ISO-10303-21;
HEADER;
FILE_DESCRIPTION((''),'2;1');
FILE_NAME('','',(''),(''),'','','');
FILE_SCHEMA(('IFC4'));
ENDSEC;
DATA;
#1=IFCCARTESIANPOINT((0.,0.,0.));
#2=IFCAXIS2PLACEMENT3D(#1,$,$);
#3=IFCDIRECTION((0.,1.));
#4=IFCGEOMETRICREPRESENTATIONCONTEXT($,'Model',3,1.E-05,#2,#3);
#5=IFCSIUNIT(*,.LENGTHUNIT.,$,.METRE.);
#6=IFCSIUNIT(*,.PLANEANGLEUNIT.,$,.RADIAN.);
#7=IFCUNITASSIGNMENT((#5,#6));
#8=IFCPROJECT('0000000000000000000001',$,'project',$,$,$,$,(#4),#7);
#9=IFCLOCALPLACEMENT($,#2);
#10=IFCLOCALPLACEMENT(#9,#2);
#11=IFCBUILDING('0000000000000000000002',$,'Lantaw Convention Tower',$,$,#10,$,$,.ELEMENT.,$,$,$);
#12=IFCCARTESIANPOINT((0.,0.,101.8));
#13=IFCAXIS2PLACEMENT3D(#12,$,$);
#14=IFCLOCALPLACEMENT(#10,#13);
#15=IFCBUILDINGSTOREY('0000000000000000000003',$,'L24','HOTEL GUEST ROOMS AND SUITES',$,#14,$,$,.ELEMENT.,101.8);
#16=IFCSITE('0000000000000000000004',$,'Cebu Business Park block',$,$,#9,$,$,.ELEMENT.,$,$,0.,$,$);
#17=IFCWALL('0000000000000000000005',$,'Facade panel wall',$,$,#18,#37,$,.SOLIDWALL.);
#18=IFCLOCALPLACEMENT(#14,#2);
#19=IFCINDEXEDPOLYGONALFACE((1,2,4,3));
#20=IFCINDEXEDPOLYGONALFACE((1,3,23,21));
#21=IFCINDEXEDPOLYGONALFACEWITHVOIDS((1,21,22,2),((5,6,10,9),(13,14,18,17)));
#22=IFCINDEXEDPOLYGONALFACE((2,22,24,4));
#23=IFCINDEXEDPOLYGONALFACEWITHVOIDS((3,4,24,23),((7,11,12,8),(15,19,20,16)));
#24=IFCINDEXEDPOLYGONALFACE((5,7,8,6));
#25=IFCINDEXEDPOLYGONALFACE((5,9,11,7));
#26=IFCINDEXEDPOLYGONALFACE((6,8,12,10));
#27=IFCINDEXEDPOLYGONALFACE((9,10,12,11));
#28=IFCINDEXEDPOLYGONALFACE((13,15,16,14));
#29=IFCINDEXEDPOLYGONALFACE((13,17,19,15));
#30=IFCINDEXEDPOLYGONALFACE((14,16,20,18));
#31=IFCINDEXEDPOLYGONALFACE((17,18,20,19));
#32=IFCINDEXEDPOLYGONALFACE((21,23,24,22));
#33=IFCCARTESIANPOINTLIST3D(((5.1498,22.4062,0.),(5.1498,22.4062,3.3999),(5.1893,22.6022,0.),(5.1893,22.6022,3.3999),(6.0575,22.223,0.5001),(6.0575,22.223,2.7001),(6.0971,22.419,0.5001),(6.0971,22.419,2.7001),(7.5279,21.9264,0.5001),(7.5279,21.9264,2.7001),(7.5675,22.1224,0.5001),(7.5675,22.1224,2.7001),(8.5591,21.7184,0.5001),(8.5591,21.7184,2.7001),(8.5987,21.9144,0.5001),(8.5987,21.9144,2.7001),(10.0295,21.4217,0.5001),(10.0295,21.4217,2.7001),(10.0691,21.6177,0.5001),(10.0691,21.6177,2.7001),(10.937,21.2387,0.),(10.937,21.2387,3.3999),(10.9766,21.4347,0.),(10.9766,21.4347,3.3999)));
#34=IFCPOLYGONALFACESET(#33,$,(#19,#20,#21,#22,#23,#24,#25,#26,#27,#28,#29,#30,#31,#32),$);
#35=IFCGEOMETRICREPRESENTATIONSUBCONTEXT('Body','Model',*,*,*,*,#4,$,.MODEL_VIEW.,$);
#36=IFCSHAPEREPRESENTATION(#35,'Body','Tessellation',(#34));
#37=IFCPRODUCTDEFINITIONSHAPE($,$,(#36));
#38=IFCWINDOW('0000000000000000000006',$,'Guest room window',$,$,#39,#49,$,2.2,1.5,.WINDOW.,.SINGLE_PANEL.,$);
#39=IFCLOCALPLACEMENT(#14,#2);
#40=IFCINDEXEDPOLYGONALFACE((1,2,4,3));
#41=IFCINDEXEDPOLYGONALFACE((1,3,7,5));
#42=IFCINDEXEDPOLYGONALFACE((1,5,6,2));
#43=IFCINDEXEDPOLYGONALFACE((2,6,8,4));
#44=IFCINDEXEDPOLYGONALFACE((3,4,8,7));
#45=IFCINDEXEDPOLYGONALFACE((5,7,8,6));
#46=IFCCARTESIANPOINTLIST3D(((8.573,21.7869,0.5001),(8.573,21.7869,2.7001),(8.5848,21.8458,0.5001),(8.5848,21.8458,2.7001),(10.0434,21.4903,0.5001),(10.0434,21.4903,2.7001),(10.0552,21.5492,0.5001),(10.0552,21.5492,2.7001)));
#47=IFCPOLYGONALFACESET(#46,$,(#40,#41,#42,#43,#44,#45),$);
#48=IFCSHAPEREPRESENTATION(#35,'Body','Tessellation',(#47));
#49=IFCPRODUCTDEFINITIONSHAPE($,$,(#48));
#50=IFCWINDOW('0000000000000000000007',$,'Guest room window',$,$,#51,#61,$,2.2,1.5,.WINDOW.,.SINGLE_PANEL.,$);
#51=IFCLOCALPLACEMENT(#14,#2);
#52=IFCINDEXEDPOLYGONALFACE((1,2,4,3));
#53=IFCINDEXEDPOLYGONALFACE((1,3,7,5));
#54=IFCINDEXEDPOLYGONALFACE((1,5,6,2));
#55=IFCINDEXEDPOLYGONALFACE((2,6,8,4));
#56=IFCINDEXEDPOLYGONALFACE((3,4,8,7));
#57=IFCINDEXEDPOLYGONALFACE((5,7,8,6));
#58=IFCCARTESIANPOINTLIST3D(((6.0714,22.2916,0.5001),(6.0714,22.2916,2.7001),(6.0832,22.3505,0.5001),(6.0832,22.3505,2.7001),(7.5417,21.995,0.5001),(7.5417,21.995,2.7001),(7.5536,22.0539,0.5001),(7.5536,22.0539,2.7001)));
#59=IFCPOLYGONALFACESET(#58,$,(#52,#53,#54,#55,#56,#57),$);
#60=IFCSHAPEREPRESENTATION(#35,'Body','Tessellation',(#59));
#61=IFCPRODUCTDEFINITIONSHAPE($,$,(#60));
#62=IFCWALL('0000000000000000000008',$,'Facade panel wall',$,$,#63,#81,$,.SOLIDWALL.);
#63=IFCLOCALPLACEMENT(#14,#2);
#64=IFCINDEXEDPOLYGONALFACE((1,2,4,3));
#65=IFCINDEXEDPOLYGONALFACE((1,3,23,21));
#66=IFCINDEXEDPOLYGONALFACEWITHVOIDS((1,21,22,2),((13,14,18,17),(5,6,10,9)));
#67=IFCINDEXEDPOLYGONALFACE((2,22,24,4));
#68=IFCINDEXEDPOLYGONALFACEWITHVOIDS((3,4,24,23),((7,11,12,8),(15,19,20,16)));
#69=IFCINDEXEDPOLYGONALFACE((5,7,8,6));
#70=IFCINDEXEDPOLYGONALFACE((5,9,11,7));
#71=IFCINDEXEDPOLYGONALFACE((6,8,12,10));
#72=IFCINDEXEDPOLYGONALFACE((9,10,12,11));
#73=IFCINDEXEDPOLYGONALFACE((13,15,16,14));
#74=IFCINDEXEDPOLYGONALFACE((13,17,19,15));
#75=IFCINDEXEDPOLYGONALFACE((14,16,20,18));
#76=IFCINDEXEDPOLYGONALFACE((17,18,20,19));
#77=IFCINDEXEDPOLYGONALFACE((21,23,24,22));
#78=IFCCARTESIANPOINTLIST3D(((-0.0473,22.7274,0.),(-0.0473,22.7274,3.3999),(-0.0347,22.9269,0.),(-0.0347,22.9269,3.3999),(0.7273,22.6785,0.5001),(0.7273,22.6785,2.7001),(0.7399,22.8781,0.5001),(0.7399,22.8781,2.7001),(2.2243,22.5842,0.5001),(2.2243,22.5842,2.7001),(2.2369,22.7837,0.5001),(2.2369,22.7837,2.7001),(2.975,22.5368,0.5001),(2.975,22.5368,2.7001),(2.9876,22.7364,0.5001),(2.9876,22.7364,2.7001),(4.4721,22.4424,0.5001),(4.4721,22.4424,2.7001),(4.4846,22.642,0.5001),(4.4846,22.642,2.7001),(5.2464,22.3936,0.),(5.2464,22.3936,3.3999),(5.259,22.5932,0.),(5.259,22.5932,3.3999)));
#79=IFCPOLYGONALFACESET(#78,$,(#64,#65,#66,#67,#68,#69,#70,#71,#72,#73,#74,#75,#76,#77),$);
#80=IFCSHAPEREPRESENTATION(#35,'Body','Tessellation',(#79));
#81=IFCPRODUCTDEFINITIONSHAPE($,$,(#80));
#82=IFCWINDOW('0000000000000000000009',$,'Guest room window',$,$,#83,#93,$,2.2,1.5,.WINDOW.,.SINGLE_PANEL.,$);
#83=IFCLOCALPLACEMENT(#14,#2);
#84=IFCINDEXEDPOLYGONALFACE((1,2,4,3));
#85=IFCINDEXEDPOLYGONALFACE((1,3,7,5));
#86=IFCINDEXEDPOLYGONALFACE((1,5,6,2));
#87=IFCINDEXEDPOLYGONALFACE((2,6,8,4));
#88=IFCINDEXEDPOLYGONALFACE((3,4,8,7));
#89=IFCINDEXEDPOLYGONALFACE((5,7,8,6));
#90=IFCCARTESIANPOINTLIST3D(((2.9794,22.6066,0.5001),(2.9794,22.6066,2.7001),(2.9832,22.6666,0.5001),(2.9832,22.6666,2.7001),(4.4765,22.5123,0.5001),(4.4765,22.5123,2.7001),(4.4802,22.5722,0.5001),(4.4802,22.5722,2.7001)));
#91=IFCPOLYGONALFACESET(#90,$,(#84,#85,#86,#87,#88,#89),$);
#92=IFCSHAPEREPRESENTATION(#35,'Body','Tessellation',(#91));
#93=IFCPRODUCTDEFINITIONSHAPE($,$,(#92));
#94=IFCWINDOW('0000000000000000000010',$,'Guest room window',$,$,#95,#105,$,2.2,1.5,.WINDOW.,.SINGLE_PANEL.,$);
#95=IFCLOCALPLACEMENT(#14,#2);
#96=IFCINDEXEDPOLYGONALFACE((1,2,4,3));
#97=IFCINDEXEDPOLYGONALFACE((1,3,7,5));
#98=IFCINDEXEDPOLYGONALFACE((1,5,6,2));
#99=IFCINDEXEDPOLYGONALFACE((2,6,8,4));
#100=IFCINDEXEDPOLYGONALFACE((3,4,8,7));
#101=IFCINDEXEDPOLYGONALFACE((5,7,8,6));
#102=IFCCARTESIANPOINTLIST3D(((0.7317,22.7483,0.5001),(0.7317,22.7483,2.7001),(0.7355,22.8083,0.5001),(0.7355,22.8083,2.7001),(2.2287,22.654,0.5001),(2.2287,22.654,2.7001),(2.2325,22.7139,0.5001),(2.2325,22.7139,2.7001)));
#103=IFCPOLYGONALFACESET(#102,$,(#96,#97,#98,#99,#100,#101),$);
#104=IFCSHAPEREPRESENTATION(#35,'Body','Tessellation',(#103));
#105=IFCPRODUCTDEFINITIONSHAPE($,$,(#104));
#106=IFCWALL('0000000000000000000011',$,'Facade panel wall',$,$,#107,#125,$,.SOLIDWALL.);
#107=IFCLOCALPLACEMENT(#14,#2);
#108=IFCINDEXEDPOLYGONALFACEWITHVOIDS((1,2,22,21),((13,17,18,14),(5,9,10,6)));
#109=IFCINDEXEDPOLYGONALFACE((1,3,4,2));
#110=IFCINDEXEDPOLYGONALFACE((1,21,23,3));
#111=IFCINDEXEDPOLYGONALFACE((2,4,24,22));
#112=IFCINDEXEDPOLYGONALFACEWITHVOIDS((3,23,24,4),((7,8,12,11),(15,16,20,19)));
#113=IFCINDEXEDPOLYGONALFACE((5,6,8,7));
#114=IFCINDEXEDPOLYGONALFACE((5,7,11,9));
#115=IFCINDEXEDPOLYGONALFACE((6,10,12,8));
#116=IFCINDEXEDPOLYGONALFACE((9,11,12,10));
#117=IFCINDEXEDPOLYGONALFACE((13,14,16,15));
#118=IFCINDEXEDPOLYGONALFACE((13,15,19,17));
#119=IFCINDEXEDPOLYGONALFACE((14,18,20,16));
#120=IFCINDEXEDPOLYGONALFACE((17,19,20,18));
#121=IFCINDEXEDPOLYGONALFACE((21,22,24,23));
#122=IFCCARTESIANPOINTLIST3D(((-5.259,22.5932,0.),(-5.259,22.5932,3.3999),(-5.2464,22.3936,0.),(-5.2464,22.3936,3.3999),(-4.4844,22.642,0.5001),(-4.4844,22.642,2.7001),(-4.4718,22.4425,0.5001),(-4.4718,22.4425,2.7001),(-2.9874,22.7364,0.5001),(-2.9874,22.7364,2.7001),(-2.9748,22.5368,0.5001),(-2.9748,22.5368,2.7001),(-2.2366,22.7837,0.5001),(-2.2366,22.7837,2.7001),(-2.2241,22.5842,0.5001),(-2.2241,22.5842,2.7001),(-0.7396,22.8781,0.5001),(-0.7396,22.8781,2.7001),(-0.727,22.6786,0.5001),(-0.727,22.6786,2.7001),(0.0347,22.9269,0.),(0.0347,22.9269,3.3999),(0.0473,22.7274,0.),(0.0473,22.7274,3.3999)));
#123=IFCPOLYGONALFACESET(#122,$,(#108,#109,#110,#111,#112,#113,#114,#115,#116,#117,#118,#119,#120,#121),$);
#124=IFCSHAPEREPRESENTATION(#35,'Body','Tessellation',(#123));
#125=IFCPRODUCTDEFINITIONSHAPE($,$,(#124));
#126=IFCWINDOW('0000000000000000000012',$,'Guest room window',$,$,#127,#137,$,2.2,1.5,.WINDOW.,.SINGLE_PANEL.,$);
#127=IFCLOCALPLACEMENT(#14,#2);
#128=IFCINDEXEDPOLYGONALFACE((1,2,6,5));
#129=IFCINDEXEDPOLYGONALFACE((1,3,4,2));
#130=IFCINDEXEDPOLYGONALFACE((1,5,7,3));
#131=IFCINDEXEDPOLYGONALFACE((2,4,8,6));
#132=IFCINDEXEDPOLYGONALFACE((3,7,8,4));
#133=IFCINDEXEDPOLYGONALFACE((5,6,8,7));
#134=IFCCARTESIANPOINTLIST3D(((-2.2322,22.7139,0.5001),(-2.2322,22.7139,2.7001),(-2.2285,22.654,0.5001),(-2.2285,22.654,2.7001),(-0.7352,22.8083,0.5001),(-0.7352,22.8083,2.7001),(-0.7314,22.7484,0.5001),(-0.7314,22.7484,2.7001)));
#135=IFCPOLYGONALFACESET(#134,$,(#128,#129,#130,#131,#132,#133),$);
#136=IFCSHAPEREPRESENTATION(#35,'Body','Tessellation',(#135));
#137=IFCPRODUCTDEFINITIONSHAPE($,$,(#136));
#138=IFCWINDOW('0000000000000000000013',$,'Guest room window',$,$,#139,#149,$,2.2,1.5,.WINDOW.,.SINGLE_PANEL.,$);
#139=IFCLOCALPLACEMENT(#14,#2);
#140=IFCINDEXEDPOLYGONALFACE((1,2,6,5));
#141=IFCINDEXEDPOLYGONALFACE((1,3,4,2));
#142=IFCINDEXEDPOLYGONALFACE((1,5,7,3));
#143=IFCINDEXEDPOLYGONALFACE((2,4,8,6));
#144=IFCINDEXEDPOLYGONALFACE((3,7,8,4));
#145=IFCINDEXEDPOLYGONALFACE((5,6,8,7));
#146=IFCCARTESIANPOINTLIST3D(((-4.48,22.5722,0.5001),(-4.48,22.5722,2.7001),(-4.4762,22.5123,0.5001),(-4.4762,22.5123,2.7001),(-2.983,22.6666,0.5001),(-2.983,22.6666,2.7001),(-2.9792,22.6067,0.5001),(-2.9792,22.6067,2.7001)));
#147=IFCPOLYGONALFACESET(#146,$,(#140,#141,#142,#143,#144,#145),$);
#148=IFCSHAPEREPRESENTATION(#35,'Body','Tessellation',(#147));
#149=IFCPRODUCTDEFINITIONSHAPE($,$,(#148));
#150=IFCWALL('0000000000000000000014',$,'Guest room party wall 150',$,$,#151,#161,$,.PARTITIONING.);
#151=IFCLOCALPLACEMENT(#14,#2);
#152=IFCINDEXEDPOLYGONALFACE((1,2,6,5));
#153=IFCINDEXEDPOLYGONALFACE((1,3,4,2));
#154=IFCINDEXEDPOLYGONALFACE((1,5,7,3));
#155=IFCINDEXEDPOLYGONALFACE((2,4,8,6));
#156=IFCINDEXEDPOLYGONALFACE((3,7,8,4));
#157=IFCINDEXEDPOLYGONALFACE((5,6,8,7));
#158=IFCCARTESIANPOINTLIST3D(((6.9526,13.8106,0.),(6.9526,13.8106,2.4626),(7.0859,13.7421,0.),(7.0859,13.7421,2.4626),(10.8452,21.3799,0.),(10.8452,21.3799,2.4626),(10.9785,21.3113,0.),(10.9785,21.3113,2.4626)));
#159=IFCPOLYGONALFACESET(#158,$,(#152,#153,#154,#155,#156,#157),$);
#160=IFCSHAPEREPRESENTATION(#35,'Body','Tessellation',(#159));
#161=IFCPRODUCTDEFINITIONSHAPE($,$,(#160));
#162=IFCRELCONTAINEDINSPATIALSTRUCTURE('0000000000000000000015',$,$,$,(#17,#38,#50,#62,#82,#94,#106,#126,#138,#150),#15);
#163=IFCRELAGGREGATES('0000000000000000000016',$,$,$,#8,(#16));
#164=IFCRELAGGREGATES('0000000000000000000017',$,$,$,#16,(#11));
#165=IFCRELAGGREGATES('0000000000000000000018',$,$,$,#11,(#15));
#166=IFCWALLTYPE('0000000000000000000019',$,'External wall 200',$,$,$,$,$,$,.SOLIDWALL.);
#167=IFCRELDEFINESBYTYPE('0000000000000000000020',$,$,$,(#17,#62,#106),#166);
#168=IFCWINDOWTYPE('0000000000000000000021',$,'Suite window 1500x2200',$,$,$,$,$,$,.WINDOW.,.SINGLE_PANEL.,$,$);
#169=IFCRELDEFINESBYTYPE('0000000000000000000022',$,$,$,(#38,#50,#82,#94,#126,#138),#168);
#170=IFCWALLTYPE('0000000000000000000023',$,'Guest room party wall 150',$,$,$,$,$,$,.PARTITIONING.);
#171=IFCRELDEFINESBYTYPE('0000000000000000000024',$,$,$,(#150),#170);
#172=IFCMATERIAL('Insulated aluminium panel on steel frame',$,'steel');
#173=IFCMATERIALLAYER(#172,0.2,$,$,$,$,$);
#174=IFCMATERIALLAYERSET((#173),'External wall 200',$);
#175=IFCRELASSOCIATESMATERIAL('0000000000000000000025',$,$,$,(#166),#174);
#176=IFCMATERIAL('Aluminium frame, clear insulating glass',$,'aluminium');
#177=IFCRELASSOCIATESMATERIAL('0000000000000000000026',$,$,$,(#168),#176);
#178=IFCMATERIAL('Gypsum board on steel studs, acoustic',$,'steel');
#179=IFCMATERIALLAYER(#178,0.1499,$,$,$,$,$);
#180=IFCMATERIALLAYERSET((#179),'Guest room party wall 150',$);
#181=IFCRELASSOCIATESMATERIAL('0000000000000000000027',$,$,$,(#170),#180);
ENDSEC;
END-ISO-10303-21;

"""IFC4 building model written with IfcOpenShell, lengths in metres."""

from ifc_helpers import new_model, si_unit, direction, frame, frame_2d, origin, place, context, subcontext, project, spatial, rectangle, extrude, material, layer, layer_set, type_object, element, fill, save


model = new_model("IFC4")

# Units and contexts
model_context = context("Model", 3, precision=1e-05, world=origin(), true_north=direction((0.0, 1.0)))
body_context = subcontext(model_context, "Body", "Model", "MODEL_VIEW")
ifc_project = project(units=[si_unit("LENGTHUNIT", "METRE"), si_unit("PLANEANGLEUNIT", "RADIAN")], contexts=[model_context])

# Site, building, storey
site_placement = place(None, origin())
site = spatial("IfcSite", under=ifc_project, at=site_placement, Name="Cebu Business Park block", CompositionType="ELEMENT", RefElevation=0.0)
building_placement = place(site_placement, origin())
building = spatial("IfcBuilding", under=site, at=building_placement, Name="Lantaw Convention Tower", CompositionType="ELEMENT")
storey_placement = place(building_placement, frame((0.0, 0.0, 101.8)))
storey = spatial("IfcBuildingStorey", under=building, at=storey_placement, Name="L24", Description="HOTEL GUEST ROOMS AND SUITES", CompositionType="ELEMENT", Elevation=101.8)

# Walls, openings, windows
ifc_material_1 = material(Name="Insulated aluminium panel on steel frame", Category="steel")
ifc_layer_1 = layer(ifc_material_1, 0.2)
ifc_layer_set_1 = layer_set([ifc_layer_1], Name="External wall 200")
wall_type_1 = type_object("IfcWallType", Name="External wall 200", PredefinedType="SOLIDWALL", material=ifc_layer_set_1)
wall_1_placement = place(storey_placement, frame((10.9568, 21.3367, 0.0), z_axis=(0.0, 0.0, 1.0), x_axis=(-0.980252, 0.197754, 0.0)))
wall_1 = element("IfcWall", 1, at=wall_1_placement, inside=storey, type_object=wall_type_1, Name="Facade panel wall", PredefinedType="SOLIDWALL", context=body_context, shape_type="SweptSolid", body=[
    extrude(rectangle(XDim=5.9038, YDim=0.2, at=frame_2d((2.9519, 0.0))), origin(), (0.0, 0.0, 1.0), 3.3999),
])
opening_1_placement = place(wall_1_placement, frame((0.9258, 0.0, 0.5)))
opening_1 = element("IfcOpeningElement", 2, at=opening_1_placement, cuts=wall_1, PredefinedType="OPENING", context=body_context, shape_type="SweptSolid", body=[
    extrude(rectangle(XDim=1.5, YDim=2.2, at=frame_2d((0.75, 1.1001))), frame((0.0, 0.1099, 0.0), z_axis=(0.0, -1.0, 0.0), x_axis=(1.0, 0.0, 0.0)), (0.0, 0.0, 1.0), 0.22),
])
opening_2_placement = place(wall_1_placement, frame((3.4778, 0.0, 0.5)))
opening_2 = element("IfcOpeningElement", 3, at=opening_2_placement, cuts=wall_1, PredefinedType="OPENING", context=body_context, shape_type="SweptSolid", body=[
    extrude(rectangle(XDim=1.5, YDim=2.2, at=frame_2d((0.75, 1.1001))), frame((0.0, 0.1099, 0.0), z_axis=(0.0, -1.0, 0.0), x_axis=(1.0, 0.0, 0.0)), (0.0, 0.0, 1.0), 0.22),
])
ifc_material_2 = material(Name="Aluminium frame, clear insulating glass", Category="aluminium")
window_type = type_object("IfcWindowType", Name="Suite window 1500x2200", PartitioningType="SINGLE_PANEL", PredefinedType="WINDOW", material=ifc_material_2)
window_1_placement = place(opening_1_placement, origin())
window_1 = element("IfcWindow", 4, at=window_1_placement, inside=storey, type_object=window_type, Name="Guest room window", OverallHeight=2.2, OverallWidth=1.5, PartitioningType="SINGLE_PANEL", PredefinedType="WINDOW", context=body_context, shape_type="SweptSolid", body=[
    extrude(rectangle(XDim=1.5, YDim=2.2, at=frame_2d((0.75, 1.1001))), frame((0.0, 0.03, 0.0), z_axis=(0.0, -1.0, 0.0), x_axis=(1.0, 0.0, 0.0)), (0.0, 0.0, 1.0), 0.0601),
])
fill(opening_1, window_1)
window_2_placement = place(opening_2_placement, origin())
window_2 = element("IfcWindow", 5, at=window_2_placement, inside=storey, type_object=window_type, Name="Guest room window", OverallHeight=2.2, OverallWidth=1.5, PartitioningType="SINGLE_PANEL", PredefinedType="WINDOW", context=body_context, shape_type="SweptSolid", body=[
    extrude(rectangle(XDim=1.5, YDim=2.2, at=frame_2d((0.75, 1.1001))), frame((0.0, 0.03, 0.0), z_axis=(0.0, -1.0, 0.0), x_axis=(1.0, 0.0, 0.0)), (0.0, 0.0, 1.0), 0.0601),
])
fill(opening_2, window_2)
wall_2_placement = place(storey_placement, frame((5.2527, 22.4934, 0.0), z_axis=(0.0, 0.0, 1.0), x_axis=(-0.998019, 0.06292, 0.0)))
wall_2 = element("IfcWall", 6, at=wall_2_placement, inside=storey, type_object=wall_type_1, Name="Facade panel wall", PredefinedType="SOLIDWALL", context=body_context, shape_type="SweptSolid", body=[
    extrude(rectangle(XDim=5.3042, YDim=0.2, at=frame_2d((2.6521, 0.0))), origin(), (0.0, 0.0, 1.0), 3.3999),
])
opening_3_placement = place(wall_2_placement, frame((0.7759, 0.0, 0.5)))
opening_3 = element("IfcOpeningElement", 7, at=opening_3_placement, cuts=wall_2, PredefinedType="OPENING", context=body_context, shape_type="SweptSolid", body=[
    extrude(rectangle(XDim=1.5, YDim=2.2, at=frame_2d((0.75, 1.1001))), frame((0.0, 0.1099, 0.0), z_axis=(0.0, -1.0, 0.0), x_axis=(1.0, 0.0, 0.0)), (0.0, 0.0, 1.0), 0.22),
])
opening_4_placement = place(wall_2_placement, frame((3.0281, 0.0, 0.5)))
opening_4 = element("IfcOpeningElement", 8, at=opening_4_placement, cuts=wall_2, PredefinedType="OPENING", context=body_context, shape_type="SweptSolid", body=[
    extrude(rectangle(XDim=1.5, YDim=2.2, at=frame_2d((0.75, 1.1001))), frame((0.0, 0.1099, 0.0), z_axis=(0.0, -1.0, 0.0), x_axis=(1.0, 0.0, 0.0)), (0.0, 0.0, 1.0), 0.22),
])
window_3_placement = place(opening_3_placement, origin())
window_3 = element("IfcWindow", 9, at=window_3_placement, inside=storey, type_object=window_type, Name="Guest room window", OverallHeight=2.2, OverallWidth=1.5, PartitioningType="SINGLE_PANEL", PredefinedType="WINDOW", context=body_context, shape_type="SweptSolid", body=[
    extrude(rectangle(XDim=1.5, YDim=2.2, at=frame_2d((0.75, 1.1001))), frame((0.0, 0.03, 0.0), z_axis=(0.0, -1.0, 0.0), x_axis=(1.0, 0.0, 0.0)), (0.0, 0.0, 1.0), 0.0601),
])
fill(opening_3, window_3)
window_4_placement = place(opening_4_placement, origin())
window_4 = element("IfcWindow", 10, at=window_4_placement, inside=storey, type_object=window_type, Name="Guest room window", OverallHeight=2.2, OverallWidth=1.5, PartitioningType="SINGLE_PANEL", PredefinedType="WINDOW", context=body_context, shape_type="SweptSolid", body=[
    extrude(rectangle(XDim=1.5, YDim=2.2, at=frame_2d((0.75, 1.1001))), frame((0.0, 0.03, 0.0), z_axis=(0.0, -1.0, 0.0), x_axis=(1.0, 0.0, 0.0)), (0.0, 0.0, 1.0), 0.0601),
])
fill(opening_4, window_4)
wall_3_placement = place(storey_placement, frame((0.041, 22.8271, 0.0), z_axis=(0.0, 0.0, 1.0), x_axis=(-0.998019, -0.06292, 0.0)))
wall_3 = element("IfcWall", 11, at=wall_3_placement, inside=storey, type_object=wall_type_1, Name="Facade panel wall", PredefinedType="SOLIDWALL", context=body_context, shape_type="SweptSolid", body=[
    extrude(rectangle(XDim=5.3042, YDim=0.2, at=frame_2d((2.6521, 0.0))), origin(), (0.0, 0.0, 1.0), 3.3999),
])
opening_5_placement = place(wall_3_placement, frame((0.7759, 0.0, 0.5)))
opening_5 = element("IfcOpeningElement", 12, at=opening_5_placement, cuts=wall_3, PredefinedType="OPENING", context=body_context, shape_type="SweptSolid", body=[
    extrude(rectangle(XDim=1.5, YDim=2.2, at=frame_2d((0.75, 1.1001))), frame((0.0, 0.1099, 0.0), z_axis=(0.0, -1.0, 0.0), x_axis=(1.0, 0.0, 0.0)), (0.0, 0.0, 1.0), 0.22),
])
opening_6_placement = place(wall_3_placement, frame((3.0281, 0.0, 0.5)))
opening_6 = element("IfcOpeningElement", 13, at=opening_6_placement, cuts=wall_3, PredefinedType="OPENING", context=body_context, shape_type="SweptSolid", body=[
    extrude(rectangle(XDim=1.5, YDim=2.2, at=frame_2d((0.75, 1.1001))), frame((0.0, 0.1099, 0.0), z_axis=(0.0, -1.0, 0.0), x_axis=(1.0, 0.0, 0.0)), (0.0, 0.0, 1.0), 0.22),
])
window_5_placement = place(opening_5_placement, origin())
window_5 = element("IfcWindow", 14, at=window_5_placement, inside=storey, type_object=window_type, Name="Guest room window", OverallHeight=2.2, OverallWidth=1.5, PartitioningType="SINGLE_PANEL", PredefinedType="WINDOW", context=body_context, shape_type="SweptSolid", body=[
    extrude(rectangle(XDim=1.5, YDim=2.2, at=frame_2d((0.75, 1.1001))), frame((0.0, 0.03, 0.0), z_axis=(0.0, -1.0, 0.0), x_axis=(1.0, 0.0, 0.0)), (0.0, 0.0, 1.0), 0.0601),
])
fill(opening_5, window_5)
window_6_placement = place(opening_6_placement, origin())
window_6 = element("IfcWindow", 15, at=window_6_placement, inside=storey, type_object=window_type, Name="Guest room window", OverallHeight=2.2, OverallWidth=1.5, PartitioningType="SINGLE_PANEL", PredefinedType="WINDOW", context=body_context, shape_type="SweptSolid", body=[
    extrude(rectangle(XDim=1.5, YDim=2.2, at=frame_2d((0.75, 1.1001))), frame((0.0, 0.03, 0.0), z_axis=(0.0, -1.0, 0.0), x_axis=(1.0, 0.0, 0.0)), (0.0, 0.0, 1.0), 0.0601),
])
fill(opening_6, window_6)

# Wall
ifc_material_3 = material(Name="Gypsum board on steel studs, acoustic", Category="steel")
ifc_layer_2 = layer(ifc_material_3, 0.1499)
ifc_layer_set_2 = layer_set([ifc_layer_2], Name="Guest room party wall 150")
wall_type_2 = type_object("IfcWallType", Name="Guest room party wall 150", PredefinedType="PARTITIONING", material=ifc_layer_set_2)
wall_4_placement = place(storey_placement, frame((10.9119, 21.3457, 0.0), z_axis=(0.0, 0.0, 1.0), x_axis=(-0.457327, -0.889298, 0.0)))
element("IfcWall", 16, at=wall_4_placement, inside=storey, type_object=wall_type_2, Name="Guest room party wall 150", PredefinedType="PARTITIONING", context=body_context, shape_type="SweptSolid", body=[
    extrude(rectangle(XDim=8.5115, YDim=0.1499, at=frame_2d((4.2559, 0.0))), origin(), (0.0, 0.0, 1.0), 2.4626),
])

save(model, "model.ifc")
